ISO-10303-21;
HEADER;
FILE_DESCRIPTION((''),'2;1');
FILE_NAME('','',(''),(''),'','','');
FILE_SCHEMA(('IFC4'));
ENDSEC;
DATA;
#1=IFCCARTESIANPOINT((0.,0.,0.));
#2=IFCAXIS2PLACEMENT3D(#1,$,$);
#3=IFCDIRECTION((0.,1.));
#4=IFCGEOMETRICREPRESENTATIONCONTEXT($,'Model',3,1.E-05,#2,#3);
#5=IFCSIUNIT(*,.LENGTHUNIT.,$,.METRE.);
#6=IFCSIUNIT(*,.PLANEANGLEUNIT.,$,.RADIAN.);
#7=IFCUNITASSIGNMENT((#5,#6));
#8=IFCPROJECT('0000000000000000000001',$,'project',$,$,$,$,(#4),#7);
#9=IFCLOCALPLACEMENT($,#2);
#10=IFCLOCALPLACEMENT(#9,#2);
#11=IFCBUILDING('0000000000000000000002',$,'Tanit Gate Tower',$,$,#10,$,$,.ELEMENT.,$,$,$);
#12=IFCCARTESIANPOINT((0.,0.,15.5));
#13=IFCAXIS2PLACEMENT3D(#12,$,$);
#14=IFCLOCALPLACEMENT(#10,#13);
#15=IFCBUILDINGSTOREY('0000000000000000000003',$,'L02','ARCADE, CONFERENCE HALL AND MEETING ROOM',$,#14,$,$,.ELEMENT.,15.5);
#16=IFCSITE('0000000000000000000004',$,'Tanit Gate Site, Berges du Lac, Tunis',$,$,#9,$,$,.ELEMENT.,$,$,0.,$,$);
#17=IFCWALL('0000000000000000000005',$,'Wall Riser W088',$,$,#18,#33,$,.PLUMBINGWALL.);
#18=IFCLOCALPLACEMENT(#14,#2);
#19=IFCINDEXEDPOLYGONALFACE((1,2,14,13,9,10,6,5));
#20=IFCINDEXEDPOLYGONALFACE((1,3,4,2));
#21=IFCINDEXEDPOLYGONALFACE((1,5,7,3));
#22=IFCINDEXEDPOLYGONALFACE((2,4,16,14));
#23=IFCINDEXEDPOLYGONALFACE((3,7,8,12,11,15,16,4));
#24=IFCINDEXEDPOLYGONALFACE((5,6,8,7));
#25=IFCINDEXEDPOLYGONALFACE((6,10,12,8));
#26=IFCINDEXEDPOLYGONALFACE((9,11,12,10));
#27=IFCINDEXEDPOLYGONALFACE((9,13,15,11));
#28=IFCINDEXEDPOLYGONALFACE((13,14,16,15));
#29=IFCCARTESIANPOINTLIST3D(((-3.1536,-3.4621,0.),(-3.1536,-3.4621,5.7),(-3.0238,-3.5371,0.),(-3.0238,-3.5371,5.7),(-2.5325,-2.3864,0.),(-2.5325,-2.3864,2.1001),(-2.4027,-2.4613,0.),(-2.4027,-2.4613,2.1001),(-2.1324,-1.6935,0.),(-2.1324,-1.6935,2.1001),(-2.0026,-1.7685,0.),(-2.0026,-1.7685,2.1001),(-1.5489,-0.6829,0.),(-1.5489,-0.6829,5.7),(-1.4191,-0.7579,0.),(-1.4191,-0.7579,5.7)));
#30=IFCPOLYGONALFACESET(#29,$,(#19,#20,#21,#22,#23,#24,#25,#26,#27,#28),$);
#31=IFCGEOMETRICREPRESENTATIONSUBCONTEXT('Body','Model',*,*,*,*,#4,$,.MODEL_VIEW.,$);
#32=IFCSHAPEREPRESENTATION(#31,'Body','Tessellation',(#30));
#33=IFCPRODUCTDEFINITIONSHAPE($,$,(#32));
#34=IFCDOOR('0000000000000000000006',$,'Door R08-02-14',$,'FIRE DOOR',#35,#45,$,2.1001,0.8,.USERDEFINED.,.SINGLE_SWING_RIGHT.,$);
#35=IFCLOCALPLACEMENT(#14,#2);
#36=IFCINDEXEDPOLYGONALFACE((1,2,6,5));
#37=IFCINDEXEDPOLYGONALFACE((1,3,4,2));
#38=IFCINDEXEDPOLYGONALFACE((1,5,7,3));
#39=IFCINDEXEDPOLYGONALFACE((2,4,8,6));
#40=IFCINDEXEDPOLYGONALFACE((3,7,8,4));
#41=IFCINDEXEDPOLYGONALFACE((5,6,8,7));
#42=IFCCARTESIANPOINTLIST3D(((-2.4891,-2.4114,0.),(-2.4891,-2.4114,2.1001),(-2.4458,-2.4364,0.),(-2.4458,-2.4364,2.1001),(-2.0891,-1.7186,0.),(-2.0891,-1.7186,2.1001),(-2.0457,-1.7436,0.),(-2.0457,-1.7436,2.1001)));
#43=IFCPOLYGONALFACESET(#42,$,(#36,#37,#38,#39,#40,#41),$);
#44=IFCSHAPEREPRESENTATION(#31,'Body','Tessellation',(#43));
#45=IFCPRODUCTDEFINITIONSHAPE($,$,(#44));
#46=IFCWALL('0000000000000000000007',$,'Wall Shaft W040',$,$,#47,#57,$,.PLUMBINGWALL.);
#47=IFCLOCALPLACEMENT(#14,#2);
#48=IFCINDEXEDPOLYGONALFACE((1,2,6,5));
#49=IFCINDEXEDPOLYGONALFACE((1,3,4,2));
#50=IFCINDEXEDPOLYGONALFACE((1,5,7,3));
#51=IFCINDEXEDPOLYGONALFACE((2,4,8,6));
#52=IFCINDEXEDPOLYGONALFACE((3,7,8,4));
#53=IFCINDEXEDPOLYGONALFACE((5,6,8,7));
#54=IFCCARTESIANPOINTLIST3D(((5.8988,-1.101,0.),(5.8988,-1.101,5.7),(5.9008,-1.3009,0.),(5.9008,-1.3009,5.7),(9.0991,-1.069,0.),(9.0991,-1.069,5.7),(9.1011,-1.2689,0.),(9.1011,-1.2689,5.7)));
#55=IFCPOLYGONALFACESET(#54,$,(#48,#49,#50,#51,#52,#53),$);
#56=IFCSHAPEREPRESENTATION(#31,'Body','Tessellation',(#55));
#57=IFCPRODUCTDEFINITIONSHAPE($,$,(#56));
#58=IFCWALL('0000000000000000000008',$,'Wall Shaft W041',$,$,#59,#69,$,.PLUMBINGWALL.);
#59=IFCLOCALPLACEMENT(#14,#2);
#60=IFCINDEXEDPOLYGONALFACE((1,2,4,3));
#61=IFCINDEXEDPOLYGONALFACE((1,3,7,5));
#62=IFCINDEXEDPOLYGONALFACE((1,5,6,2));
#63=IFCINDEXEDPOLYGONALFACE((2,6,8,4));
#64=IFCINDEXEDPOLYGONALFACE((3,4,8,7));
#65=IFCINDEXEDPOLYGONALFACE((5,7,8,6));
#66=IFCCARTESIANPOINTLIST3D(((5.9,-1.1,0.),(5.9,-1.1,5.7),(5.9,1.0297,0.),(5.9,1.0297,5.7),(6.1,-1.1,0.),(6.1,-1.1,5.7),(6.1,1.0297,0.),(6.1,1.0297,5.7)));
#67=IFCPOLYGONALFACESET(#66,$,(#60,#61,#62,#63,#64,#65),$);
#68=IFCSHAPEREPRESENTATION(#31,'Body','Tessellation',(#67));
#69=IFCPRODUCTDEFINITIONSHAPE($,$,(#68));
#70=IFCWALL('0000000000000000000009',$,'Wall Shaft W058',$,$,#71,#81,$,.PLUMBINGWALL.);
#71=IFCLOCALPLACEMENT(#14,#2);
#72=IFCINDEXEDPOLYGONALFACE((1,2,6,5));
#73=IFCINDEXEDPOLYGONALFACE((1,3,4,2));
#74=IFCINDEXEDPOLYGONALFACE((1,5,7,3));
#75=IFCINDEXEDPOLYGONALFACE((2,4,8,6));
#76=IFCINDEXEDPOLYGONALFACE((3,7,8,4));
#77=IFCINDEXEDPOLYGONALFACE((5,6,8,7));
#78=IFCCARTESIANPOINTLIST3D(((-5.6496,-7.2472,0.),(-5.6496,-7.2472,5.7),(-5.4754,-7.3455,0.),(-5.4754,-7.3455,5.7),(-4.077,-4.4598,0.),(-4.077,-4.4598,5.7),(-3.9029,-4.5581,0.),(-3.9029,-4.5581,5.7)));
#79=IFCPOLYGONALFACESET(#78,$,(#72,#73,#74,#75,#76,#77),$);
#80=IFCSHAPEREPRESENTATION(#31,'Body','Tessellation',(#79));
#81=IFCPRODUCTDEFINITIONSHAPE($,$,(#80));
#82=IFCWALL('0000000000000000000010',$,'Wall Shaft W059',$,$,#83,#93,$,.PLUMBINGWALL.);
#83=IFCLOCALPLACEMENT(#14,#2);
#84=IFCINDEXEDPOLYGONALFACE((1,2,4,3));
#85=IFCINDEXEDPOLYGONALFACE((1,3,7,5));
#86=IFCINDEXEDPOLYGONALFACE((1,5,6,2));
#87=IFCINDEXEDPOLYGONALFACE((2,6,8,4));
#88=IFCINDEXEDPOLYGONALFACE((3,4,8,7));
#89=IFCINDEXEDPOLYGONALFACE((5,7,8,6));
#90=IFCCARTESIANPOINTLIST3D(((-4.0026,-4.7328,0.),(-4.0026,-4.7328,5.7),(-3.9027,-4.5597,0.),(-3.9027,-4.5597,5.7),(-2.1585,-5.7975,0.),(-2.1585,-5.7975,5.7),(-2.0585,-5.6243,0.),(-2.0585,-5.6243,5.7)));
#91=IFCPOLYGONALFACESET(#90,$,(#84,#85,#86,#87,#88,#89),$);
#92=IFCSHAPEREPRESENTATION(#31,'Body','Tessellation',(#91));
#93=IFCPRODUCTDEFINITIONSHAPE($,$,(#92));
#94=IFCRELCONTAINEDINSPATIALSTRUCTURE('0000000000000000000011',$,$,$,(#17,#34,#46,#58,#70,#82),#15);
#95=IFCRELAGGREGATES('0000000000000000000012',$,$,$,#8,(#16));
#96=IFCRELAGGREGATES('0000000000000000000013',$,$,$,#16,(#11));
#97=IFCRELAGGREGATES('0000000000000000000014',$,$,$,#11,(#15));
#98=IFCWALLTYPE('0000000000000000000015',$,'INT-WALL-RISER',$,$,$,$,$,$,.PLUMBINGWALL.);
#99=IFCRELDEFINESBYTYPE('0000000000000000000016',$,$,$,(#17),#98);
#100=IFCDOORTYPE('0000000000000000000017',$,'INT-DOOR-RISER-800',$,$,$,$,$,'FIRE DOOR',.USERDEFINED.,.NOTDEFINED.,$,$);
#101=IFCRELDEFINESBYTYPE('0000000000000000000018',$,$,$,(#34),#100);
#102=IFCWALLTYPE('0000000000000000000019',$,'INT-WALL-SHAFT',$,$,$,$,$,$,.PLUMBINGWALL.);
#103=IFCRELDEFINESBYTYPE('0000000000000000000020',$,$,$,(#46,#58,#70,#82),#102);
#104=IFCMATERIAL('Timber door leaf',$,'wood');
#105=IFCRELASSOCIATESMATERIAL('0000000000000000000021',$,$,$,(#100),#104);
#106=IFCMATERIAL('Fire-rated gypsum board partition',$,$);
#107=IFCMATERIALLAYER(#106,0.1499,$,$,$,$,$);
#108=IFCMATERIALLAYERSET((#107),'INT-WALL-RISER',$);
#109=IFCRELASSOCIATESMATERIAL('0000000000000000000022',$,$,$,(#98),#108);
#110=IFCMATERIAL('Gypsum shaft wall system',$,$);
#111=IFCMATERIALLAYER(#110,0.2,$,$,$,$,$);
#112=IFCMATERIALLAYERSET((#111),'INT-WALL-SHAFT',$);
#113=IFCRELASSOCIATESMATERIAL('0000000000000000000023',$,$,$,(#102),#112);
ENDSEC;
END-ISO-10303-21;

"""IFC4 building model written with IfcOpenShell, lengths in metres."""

from ifc_helpers import new_model, si_unit, direction, frame, frame_2d, origin, place, context, subcontext, project, spatial, rectangle, extrude, material, layer, layer_set, type_object, element, fill, save


model = new_model("IFC4")

# Units and contexts
model_context = context("Model", 3, precision=1e-05, world=origin(), true_north=direction((0.0, 1.0)))
body_context = subcontext(model_context, "Body", "Model", "MODEL_VIEW")
ifc_project = project(units=[si_unit("LENGTHUNIT", "METRE"), si_unit("PLANEANGLEUNIT", "RADIAN")], contexts=[model_context])

# Site, building, storey
site_placement = place(None, origin())
site = spatial("IfcSite", under=ifc_project, at=site_placement, Name="Tanit Gate Site, Berges du Lac, Tunis", CompositionType="ELEMENT", RefElevation=0.0)
building_placement = place(site_placement, origin())
building = spatial("IfcBuilding", under=site, at=building_placement, Name="Tanit Gate Tower", CompositionType="ELEMENT")
storey_placement = place(building_placement, frame((0.0, 0.0, 15.5)))
storey = spatial("IfcBuildingStorey", under=building, at=storey_placement, Name="L02", Description="ARCADE, CONFERENCE HALL AND MEETING ROOM", CompositionType="ELEMENT", Elevation=15.5)

# Shared definitions
ifc_material_1 = material(Name="Timber door leaf", Category="wood")
door_type = type_object("IfcDoorType", Name="INT-DOOR-RISER-800", ElementType="FIRE DOOR", OperationType="NOTDEFINED", PredefinedType="USERDEFINED", material=ifc_material_1)

# Shared definitions
ifc_material_2 = material(Name="Fire-rated gypsum board partition")
ifc_layer_1 = layer(ifc_material_2, 0.1499)
ifc_layer_set_1 = layer_set([ifc_layer_1], Name="INT-WALL-RISER")
wall_type_1 = type_object("IfcWallType", Name="INT-WALL-RISER", PredefinedType="PLUMBINGWALL", material=ifc_layer_set_1)

# Wall, opening, door
wall_1_placement = place(storey_placement, frame((-3.0886, -3.4995, 0.0), z_axis=(0.0, 0.0, 1.0), x_axis=(0.500025, 0.866011, 0.0)))
wall_1 = element("IfcWall", 1, at=wall_1_placement, inside=storey, type_object=wall_type_1, Name="Wall Riser W088", PredefinedType="PLUMBINGWALL", context=body_context, shape_type="SweptSolid", body=[
    extrude(rectangle(XDim=3.2092, YDim=0.1499, at=frame_2d((1.6045, 0.0))), origin(), (0.0, 0.0, 1.0), 5.7),
])
opening_1_placement = place(wall_1_placement, frame((1.2422, 0.0, 0.0)))
opening_1 = element("IfcOpeningElement", 2, at=opening_1_placement, cuts=wall_1, PredefinedType="OPENING", context=body_context, shape_type="SweptSolid", body=[
    extrude(rectangle(XDim=0.8, YDim=2.1001, at=frame_2d((0.3999, 1.05))), frame((0.0, 0.085, 0.0), z_axis=(0.0, -1.0, 0.0), x_axis=(1.0, 0.0, 0.0)), (0.0, 0.0, 1.0), 0.1699),
])
door_1_placement = place(opening_1_placement, origin())
door_1 = element("IfcDoor", 3, at=door_1_placement, inside=storey, type_object=door_type, Name="Door R08-02-14", ObjectType="FIRE DOOR", OperationType="SINGLE_SWING_RIGHT", OverallHeight=2.1001, OverallWidth=0.8, PredefinedType="USERDEFINED", context=body_context, shape_type="SweptSolid", body=[
    extrude(rectangle(XDim=0.8, YDim=2.1001, at=frame_2d((0.3999, 1.05))), frame((0.0, 0.0249, 0.0), z_axis=(0.0, -1.0, 0.0), x_axis=(1.0, 0.0, 0.0)), (0.0, 0.0, 1.0), 0.05),
])
fill(opening_1, door_1)

# Walls
ifc_material_3 = material(Name="Gypsum shaft wall system")
ifc_layer_2 = layer(ifc_material_3, 0.2)
ifc_layer_set_2 = layer_set([ifc_layer_2], Name="INT-WALL-SHAFT")
wall_type_2 = type_object("IfcWallType", Name="INT-WALL-SHAFT", PredefinedType="PLUMBINGWALL", material=ifc_layer_set_2)
wall_2_placement = place(storey_placement, frame((5.8999, -1.2009, 0.0), z_axis=(0.0, 0.0, 1.0), x_axis=(0.99995, 0.009993, 0.0)))
element("IfcWall", 4, at=wall_2_placement, inside=storey, type_object=wall_type_2, Name="Wall Shaft W040", PredefinedType="PLUMBINGWALL", context=body_context, shape_type="SweptSolid", body=[
    extrude(rectangle(XDim=3.2004, YDim=0.2, at=frame_2d((1.6001, 0.0))), origin(), (0.0, 0.0, 1.0), 5.7),
])
wall_3_placement = place(storey_placement, frame((6.0, -1.1001, 0.0), z_axis=(0.0, 0.0, 1.0), x_axis=(0.0, 1.0, 0.0)))
element("IfcWall", 5, at=wall_3_placement, inside=storey, type_object=wall_type_2, Name="Wall Shaft W041", PredefinedType="PLUMBINGWALL", context=body_context, shape_type="SweptSolid", body=[
    extrude(rectangle(XDim=2.1296, YDim=0.2, at=frame_2d((1.0649, 0.0))), origin(), (0.0, 0.0, 1.0), 5.7),
])
wall_4_placement = place(storey_placement, frame((-3.99, -4.509, 0.0), z_axis=(0.0, 0.0, 1.0), x_axis=(-0.491358, -0.870958, 0.0)))
element("IfcWall", 6, at=wall_4_placement, inside=storey, type_object=wall_type_2, Name="Wall Shaft W058", PredefinedType="PLUMBINGWALL", context=body_context, shape_type="SweptSolid", body=[
    extrude(rectangle(XDim=3.2004, YDim=0.2, at=frame_2d((1.6001, 0.0))), origin(), (0.0, 0.0, 1.0), 5.7),
])
wall_5_placement = place(storey_placement, frame((-3.9526, -4.6462, 0.0), z_axis=(0.0, 0.0, 1.0), x_axis=(0.86604, -0.499974, 0.0)))
element("IfcWall", 7, at=wall_5_placement, inside=storey, type_object=wall_type_2, Name="Wall Shaft W059", PredefinedType="PLUMBINGWALL", context=body_context, shape_type="SweptSolid", body=[
    extrude(rectangle(XDim=2.1294, YDim=0.2, at=frame_2d((1.0647, 0.0))), origin(), (0.0, 0.0, 1.0), 5.7),
])

save(model, "model.ifc")
